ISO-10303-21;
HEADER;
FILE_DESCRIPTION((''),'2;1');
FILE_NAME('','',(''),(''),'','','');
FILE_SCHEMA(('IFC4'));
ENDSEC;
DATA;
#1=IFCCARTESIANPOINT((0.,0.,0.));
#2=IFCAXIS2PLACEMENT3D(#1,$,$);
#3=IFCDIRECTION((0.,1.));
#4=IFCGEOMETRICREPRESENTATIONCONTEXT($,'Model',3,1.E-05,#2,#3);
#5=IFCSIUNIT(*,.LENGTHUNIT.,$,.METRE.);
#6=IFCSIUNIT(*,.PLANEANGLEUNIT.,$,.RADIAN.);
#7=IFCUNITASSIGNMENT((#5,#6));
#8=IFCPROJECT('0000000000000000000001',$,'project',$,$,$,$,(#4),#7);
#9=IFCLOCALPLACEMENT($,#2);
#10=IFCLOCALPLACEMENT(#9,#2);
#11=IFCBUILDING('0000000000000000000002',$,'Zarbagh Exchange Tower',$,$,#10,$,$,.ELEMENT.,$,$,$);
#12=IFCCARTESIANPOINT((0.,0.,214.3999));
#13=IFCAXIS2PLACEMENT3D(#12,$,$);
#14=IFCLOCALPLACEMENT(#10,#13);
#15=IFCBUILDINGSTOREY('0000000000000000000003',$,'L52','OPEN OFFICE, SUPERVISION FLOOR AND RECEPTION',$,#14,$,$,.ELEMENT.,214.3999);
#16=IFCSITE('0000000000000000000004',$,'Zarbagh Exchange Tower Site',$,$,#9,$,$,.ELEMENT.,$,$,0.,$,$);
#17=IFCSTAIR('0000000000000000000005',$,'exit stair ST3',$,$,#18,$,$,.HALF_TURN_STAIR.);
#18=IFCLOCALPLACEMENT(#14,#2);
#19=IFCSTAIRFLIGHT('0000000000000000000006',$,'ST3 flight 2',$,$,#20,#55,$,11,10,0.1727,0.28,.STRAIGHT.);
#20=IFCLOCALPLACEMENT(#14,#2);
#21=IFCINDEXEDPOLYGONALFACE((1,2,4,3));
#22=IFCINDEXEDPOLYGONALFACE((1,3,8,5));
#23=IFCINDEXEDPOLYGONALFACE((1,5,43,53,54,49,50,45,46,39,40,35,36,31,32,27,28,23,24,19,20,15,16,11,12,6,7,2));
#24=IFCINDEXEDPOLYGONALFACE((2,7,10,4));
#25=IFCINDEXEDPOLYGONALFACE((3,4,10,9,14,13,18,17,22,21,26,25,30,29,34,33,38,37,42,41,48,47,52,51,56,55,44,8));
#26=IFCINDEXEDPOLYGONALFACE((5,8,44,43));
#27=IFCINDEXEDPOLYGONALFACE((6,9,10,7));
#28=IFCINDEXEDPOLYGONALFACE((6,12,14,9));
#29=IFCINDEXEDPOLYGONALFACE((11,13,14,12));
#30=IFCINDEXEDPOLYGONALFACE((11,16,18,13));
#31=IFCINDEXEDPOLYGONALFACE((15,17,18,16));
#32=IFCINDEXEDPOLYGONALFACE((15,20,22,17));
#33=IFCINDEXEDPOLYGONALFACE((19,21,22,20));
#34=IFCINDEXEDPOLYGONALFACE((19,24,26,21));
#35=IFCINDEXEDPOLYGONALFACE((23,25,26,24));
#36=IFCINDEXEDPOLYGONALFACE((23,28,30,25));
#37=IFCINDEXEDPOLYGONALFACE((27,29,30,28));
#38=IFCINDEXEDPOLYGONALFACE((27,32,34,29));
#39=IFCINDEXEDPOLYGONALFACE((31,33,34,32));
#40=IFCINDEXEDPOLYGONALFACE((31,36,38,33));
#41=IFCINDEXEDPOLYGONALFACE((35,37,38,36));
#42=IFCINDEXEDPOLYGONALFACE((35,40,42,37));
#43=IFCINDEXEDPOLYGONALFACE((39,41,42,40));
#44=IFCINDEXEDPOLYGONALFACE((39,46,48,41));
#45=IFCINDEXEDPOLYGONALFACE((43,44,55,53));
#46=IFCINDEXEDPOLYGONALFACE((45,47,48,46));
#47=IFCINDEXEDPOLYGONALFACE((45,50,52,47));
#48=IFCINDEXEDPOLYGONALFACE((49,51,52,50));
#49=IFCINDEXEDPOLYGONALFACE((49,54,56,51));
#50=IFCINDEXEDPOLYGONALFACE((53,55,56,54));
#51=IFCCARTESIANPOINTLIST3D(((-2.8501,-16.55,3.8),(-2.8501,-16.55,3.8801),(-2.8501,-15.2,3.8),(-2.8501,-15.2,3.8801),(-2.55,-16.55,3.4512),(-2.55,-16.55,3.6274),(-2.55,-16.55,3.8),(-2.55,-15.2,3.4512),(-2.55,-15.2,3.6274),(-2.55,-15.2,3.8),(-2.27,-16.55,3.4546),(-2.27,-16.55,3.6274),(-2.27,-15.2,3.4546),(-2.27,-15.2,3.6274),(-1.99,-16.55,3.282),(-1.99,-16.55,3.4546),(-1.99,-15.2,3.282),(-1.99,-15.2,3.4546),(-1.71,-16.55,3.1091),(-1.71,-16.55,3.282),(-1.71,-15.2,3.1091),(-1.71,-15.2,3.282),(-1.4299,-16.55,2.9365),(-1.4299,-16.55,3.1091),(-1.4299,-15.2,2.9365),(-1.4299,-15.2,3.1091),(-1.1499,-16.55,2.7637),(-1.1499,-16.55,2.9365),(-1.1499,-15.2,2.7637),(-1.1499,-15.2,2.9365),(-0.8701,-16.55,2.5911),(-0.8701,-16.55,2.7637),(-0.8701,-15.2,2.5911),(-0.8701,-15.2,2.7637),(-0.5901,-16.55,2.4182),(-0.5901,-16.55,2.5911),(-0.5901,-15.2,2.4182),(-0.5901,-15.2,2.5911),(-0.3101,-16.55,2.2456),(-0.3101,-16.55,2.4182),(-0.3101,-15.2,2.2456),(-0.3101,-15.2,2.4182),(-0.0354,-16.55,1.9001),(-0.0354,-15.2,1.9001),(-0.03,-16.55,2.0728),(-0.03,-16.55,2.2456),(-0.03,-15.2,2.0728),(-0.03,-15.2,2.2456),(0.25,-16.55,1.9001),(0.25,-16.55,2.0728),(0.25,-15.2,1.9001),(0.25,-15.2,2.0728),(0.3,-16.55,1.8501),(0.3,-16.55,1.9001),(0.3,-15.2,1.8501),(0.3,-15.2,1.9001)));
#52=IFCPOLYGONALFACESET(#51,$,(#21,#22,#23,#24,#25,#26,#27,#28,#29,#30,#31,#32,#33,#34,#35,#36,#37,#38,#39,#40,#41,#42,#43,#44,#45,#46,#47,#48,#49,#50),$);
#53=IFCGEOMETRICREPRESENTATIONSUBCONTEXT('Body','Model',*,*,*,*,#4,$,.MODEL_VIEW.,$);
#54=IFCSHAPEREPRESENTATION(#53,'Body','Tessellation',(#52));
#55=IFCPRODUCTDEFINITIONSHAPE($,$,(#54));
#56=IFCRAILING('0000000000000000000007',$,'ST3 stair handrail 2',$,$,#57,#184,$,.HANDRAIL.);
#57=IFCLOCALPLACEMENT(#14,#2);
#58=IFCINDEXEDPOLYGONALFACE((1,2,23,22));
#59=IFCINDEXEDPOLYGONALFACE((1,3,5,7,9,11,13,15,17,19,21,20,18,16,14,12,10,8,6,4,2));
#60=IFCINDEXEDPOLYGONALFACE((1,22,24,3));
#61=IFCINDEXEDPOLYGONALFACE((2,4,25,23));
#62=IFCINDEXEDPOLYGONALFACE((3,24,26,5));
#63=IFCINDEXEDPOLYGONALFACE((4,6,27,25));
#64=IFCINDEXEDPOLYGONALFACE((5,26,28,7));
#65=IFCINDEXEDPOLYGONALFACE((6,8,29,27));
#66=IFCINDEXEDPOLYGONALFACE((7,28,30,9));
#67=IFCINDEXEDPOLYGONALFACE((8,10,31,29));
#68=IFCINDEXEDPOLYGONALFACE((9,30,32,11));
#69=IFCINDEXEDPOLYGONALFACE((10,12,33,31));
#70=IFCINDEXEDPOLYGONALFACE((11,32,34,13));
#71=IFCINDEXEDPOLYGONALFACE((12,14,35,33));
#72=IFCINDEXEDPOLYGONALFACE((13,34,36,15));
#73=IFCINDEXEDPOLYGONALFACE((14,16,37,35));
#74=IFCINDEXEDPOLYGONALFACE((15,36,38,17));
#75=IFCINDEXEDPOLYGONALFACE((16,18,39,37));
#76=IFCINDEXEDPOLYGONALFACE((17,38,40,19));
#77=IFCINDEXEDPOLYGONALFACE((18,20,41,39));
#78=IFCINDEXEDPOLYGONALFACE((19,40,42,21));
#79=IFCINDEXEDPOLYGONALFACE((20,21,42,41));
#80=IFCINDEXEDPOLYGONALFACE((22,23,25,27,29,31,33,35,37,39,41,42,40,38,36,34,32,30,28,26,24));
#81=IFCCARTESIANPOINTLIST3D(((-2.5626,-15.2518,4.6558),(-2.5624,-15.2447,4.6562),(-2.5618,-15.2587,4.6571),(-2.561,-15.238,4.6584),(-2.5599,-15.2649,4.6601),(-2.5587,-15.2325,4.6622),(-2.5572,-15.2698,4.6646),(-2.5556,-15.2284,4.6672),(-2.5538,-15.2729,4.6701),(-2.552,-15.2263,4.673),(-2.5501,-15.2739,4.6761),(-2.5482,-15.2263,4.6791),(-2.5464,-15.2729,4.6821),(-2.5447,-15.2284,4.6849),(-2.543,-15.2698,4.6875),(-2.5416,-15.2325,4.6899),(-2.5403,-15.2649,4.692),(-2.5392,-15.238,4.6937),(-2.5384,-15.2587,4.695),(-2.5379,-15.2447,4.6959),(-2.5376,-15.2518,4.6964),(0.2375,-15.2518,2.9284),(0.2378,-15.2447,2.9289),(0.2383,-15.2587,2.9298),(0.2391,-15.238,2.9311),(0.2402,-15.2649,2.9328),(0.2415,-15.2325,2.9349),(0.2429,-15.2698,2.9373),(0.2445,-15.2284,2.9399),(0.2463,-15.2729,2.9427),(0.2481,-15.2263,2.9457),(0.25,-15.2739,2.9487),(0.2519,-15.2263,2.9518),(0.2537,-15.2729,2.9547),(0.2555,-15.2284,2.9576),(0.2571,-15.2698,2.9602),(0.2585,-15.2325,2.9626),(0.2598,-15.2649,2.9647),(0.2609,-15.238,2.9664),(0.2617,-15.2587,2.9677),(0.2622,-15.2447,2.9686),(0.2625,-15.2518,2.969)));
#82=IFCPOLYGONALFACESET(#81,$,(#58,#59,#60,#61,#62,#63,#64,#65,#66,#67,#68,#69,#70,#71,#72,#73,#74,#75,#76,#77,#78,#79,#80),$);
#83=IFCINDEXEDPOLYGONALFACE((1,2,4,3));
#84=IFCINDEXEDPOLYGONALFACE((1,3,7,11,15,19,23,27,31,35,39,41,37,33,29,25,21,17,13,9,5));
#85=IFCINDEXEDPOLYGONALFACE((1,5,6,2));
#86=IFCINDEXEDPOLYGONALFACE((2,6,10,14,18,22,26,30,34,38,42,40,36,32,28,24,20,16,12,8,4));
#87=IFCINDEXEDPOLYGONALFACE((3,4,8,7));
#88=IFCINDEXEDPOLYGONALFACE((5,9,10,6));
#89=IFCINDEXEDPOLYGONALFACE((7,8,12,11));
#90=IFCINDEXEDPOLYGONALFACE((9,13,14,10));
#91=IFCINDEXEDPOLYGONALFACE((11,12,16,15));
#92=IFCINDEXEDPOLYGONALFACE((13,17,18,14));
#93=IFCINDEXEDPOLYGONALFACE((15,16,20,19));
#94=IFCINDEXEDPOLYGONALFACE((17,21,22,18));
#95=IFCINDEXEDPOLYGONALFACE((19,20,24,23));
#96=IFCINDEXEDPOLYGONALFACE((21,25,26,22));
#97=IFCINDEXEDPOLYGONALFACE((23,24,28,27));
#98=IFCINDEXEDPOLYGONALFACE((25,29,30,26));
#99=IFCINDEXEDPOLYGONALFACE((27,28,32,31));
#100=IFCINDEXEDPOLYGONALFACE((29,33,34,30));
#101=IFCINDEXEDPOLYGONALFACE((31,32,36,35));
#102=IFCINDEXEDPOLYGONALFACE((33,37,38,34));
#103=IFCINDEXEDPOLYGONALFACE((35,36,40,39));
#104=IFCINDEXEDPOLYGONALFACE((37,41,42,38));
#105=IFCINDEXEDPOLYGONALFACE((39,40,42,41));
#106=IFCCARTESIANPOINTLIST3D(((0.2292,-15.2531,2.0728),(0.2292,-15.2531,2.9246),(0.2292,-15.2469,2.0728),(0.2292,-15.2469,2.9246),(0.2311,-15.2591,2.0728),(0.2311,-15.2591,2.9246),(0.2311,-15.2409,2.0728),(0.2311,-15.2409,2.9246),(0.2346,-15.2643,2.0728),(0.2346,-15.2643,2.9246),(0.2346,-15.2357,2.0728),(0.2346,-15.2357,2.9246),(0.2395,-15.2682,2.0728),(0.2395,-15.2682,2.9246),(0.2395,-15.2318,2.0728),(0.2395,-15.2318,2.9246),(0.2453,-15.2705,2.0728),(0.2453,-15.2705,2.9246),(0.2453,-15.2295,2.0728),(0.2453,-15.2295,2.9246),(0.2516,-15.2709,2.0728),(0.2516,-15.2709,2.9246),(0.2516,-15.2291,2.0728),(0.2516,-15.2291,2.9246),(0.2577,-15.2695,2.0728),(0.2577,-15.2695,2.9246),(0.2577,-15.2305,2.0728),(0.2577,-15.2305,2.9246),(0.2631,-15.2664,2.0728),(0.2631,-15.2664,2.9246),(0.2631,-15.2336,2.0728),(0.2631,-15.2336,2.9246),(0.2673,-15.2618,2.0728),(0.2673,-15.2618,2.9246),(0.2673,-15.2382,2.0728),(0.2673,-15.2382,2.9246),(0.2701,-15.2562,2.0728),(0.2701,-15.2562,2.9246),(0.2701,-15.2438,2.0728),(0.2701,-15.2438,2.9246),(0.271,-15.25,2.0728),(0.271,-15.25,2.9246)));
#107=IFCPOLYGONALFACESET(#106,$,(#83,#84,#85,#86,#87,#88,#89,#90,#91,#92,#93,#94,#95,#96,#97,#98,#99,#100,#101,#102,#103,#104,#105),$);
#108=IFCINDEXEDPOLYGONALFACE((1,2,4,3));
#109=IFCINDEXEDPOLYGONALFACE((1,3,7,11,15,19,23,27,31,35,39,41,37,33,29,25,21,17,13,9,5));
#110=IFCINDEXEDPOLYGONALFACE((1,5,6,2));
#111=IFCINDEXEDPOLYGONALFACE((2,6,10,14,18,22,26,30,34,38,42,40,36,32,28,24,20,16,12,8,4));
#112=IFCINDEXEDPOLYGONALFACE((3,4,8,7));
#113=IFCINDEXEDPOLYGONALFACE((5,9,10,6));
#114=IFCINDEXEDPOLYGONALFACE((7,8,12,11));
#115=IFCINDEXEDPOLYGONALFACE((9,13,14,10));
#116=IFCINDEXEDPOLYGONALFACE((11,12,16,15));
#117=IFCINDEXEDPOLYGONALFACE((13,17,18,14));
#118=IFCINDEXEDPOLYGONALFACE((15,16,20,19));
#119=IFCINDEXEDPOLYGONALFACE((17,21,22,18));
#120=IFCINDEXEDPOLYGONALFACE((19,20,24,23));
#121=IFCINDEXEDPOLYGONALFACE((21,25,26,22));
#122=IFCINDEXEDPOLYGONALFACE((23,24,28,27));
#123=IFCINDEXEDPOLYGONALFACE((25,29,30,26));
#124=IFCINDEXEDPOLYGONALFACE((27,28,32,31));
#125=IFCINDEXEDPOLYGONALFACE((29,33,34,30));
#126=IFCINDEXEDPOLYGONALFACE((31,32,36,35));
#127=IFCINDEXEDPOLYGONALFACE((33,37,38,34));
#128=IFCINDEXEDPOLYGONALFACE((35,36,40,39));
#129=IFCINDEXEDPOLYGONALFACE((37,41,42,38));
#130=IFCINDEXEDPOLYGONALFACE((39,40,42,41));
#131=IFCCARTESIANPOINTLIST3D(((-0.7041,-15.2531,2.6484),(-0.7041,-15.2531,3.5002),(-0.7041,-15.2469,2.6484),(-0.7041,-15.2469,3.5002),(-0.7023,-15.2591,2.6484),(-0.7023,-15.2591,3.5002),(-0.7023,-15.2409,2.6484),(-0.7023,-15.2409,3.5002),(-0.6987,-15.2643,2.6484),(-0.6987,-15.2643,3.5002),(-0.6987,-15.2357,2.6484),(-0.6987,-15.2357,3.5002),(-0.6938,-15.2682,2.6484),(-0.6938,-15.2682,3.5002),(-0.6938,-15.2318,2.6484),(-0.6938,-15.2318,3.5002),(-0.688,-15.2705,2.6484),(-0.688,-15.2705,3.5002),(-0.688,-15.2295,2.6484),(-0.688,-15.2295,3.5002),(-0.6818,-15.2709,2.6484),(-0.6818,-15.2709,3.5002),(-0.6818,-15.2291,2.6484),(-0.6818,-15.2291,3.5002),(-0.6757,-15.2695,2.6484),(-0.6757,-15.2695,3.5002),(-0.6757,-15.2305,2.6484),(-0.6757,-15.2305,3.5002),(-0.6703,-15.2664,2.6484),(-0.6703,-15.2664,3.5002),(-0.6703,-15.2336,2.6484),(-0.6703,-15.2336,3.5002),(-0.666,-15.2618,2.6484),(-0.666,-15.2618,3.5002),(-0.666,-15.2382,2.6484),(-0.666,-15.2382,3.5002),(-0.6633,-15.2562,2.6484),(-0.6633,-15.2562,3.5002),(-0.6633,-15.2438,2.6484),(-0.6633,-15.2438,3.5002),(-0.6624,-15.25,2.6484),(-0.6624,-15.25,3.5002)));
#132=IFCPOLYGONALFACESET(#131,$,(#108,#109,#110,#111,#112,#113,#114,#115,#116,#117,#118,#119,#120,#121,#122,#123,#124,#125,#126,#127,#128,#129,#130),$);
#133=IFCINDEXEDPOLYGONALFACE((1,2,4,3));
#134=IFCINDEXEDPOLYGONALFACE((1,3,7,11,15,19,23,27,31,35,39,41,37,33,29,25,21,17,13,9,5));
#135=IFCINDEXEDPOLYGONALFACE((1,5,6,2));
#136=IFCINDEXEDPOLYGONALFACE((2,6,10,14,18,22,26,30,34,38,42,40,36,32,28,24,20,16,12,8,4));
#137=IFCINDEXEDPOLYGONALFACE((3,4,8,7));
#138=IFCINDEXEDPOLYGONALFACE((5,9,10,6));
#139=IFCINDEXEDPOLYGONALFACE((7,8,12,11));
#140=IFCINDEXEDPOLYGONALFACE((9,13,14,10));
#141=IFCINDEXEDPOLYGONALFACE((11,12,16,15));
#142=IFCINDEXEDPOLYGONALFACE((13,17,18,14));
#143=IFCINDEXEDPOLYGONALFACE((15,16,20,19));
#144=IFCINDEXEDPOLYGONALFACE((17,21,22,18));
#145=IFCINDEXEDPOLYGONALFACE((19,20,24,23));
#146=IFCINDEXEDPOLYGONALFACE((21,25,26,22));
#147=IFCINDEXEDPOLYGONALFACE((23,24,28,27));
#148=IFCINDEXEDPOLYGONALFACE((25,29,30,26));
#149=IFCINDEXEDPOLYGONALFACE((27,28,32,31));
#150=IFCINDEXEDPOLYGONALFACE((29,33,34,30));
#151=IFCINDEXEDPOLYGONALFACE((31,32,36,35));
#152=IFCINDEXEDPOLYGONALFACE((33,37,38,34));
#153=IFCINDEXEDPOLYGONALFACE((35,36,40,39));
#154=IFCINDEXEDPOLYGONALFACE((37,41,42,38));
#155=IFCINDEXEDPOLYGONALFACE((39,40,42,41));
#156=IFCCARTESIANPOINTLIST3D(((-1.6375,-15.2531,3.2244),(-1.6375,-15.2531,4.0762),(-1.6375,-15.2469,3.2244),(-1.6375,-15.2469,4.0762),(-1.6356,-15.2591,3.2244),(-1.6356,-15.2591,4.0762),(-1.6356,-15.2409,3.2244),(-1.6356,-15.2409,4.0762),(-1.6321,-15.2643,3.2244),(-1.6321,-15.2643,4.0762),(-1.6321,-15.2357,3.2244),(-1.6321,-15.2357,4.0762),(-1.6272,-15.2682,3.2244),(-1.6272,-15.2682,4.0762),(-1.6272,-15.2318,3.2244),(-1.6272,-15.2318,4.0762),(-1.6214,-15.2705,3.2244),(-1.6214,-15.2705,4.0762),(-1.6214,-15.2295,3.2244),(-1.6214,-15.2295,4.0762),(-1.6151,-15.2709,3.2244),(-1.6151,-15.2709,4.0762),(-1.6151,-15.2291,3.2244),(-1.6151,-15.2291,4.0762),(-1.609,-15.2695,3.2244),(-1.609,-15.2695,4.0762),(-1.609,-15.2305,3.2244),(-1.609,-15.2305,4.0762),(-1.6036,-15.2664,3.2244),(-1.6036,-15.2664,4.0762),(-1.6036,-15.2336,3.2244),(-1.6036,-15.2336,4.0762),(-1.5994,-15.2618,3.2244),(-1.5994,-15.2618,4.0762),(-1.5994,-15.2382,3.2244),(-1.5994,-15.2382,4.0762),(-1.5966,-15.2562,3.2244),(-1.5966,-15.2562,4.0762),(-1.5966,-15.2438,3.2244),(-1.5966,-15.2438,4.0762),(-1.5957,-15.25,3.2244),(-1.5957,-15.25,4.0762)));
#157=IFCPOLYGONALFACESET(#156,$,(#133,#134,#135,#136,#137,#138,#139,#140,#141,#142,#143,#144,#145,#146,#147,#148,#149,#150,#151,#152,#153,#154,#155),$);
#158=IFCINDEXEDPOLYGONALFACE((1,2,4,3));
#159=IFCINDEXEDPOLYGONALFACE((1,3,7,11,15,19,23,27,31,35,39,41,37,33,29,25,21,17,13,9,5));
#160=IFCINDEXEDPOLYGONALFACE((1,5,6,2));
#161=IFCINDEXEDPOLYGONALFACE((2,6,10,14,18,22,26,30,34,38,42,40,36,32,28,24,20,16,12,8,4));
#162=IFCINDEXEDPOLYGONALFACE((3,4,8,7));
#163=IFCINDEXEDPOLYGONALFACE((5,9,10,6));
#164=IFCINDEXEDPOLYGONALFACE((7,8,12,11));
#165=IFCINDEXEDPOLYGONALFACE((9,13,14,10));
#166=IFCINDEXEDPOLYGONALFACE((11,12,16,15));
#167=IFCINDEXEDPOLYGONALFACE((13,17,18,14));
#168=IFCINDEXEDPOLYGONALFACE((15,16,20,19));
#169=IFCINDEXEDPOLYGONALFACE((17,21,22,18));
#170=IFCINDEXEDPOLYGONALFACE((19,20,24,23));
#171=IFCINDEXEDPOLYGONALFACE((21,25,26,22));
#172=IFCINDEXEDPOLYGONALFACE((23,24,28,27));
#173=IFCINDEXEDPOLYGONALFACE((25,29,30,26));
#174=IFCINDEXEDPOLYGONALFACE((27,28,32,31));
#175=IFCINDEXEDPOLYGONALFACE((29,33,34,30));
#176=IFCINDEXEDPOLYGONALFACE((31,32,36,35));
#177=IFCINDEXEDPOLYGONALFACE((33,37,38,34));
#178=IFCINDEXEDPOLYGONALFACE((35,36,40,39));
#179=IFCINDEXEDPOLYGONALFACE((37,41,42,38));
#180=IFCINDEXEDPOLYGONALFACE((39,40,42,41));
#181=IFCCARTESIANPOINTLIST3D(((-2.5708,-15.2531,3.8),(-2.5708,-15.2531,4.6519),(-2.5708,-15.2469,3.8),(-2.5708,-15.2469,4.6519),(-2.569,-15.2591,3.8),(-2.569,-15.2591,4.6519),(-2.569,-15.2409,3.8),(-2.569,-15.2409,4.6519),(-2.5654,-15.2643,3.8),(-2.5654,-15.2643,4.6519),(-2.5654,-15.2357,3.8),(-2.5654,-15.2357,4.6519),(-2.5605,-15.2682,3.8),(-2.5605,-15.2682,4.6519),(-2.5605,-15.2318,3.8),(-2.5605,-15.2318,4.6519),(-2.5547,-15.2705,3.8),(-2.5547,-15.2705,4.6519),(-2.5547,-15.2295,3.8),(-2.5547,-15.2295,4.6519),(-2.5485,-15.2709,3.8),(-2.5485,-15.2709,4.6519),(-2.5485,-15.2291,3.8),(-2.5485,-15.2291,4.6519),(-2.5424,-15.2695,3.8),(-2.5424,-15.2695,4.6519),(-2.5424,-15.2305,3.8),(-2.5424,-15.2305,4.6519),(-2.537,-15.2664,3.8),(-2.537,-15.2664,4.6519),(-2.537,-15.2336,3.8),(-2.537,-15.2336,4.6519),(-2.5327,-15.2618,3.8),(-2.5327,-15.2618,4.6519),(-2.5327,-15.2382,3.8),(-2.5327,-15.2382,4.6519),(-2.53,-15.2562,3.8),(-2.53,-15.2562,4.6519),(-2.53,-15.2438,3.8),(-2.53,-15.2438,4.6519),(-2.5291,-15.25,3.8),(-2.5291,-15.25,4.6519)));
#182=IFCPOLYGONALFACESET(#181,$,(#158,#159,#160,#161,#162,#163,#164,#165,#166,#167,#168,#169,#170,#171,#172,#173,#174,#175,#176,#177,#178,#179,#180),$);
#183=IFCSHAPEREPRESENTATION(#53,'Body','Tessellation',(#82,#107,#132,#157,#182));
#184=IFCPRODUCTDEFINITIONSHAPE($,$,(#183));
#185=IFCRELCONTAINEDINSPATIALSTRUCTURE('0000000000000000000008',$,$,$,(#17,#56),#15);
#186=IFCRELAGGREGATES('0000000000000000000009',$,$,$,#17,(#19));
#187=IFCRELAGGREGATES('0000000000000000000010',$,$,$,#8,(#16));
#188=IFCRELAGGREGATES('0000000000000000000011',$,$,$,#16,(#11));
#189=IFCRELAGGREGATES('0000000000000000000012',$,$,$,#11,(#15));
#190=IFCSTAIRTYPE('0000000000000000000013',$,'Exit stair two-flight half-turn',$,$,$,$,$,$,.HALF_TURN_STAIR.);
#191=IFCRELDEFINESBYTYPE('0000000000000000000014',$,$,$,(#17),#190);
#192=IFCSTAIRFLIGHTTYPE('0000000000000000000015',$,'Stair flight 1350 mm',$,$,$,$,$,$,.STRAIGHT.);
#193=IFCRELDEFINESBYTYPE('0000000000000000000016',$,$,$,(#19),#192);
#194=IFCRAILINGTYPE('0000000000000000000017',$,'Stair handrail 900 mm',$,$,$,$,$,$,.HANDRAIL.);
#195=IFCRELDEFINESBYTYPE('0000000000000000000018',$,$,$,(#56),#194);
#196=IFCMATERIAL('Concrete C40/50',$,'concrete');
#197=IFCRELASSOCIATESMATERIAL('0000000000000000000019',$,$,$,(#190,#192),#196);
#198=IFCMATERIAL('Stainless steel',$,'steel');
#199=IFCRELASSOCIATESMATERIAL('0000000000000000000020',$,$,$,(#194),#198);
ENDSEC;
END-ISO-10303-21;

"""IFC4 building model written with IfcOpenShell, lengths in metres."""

from ifc_helpers import new_model, si_unit, direction, frame, origin, origin_2d, place, context, subcontext, project, spatial, polyline, circle, outline, extrude, material, type_object, element, aggregate, save


model = new_model("IFC4")

# Units and contexts
model_context = context("Model", 3, precision=1e-05, world=origin(), true_north=direction((0.0, 1.0)))
body_context = subcontext(model_context, "Body", "Model", "MODEL_VIEW")
ifc_project = project(units=[si_unit("LENGTHUNIT", "METRE"), si_unit("PLANEANGLEUNIT", "RADIAN")], contexts=[model_context])

# Site, building, storey
site_placement = place(None, origin())
site = spatial("IfcSite", under=ifc_project, at=site_placement, Name="Zarbagh Exchange Tower Site", CompositionType="ELEMENT", RefElevation=0.0)
building_placement = place(site_placement, origin())
building = spatial("IfcBuilding", under=site, at=building_placement, Name="Zarbagh Exchange Tower", CompositionType="ELEMENT")
storey_placement = place(building_placement, frame((0.0, 0.0, 214.3999)))
storey = spatial("IfcBuildingStorey", under=building, at=storey_placement, Name="L52", Description="OPEN OFFICE, SUPERVISION FLOOR AND RECEPTION", CompositionType="ELEMENT", Elevation=214.3999)

# Shared definitions
ifc_material_1 = material(Name="Stainless steel", Category="steel")

# Stair, stair flight
ifc_material_2 = material(Name="Concrete C40/50", Category="concrete")
stair_type = type_object("IfcStairType", Name="Exit stair two-flight half-turn", PredefinedType="HALF_TURN_STAIR", material=ifc_material_2)
stair_placement = place(storey_placement, origin())
stair = element("IfcStair", 1, at=stair_placement, inside=storey, type_object=stair_type, Name="exit stair ST3", PredefinedType="HALF_TURN_STAIR")
stair_flight_type = type_object("IfcStairFlightType", Name="Stair flight 1350 mm", PredefinedType="STRAIGHT", material=ifc_material_2)
stair_flight_placement = place(storey_placement, frame((0.25, -15.875, 1.9001), z_axis=(0.0, 0.0, 1.0), x_axis=(-1.0, 0.0, 0.0)))
stair_flight = element("IfcStairFlight", 2, at=stair_flight_placement, type_object=stair_flight_type, Name="ST3 flight 2", NumberOfRisers=11, NumberOfTreads=10, PredefinedType="STRAIGHT", RiserHeight=0.1727, TreadLength=0.28, context=body_context, shape_type="SweptSolid", body=[
    extrude(outline(polyline([(-0.05, -0.05), (-0.05, 0.0), (0.0, 0.0), (0.0, 0.1726), (0.28, 0.1726), (0.28, 0.3455), (0.5601, 0.3455), (0.5601, 0.5181), (0.8401, 0.5181), (0.8401, 0.6909), (1.1201, 0.6909), (1.1201, 0.8635), (1.3999, 0.8635), (1.3999, 1.0364), (1.6799, 1.0364), (1.6799, 1.209), (1.96, 1.209), (1.96, 1.3818), (2.24, 1.3818), (2.24, 1.5544), (2.52, 1.5544), (2.52, 1.7273), (2.8, 1.7273), (2.8, 1.8999), (3.1001, 1.98), (3.1001, 1.8999), (2.8, 1.551), (0.2854, 0.0), (-0.05, -0.05)])), frame((0.0, 0.675, 0.0), z_axis=(0.0, -1.0, 0.0), x_axis=(1.0, 0.0, 0.0)), (0.0, 0.0, 1.0), 1.3501),
])
aggregate(stair, [stair_flight])

# Railing
railing_type = type_object("IfcRailingType", Name="Stair handrail 900 mm", PredefinedType="HANDRAIL", material=ifc_material_1)
railing_placement = place(storey_placement, frame((0.25, -15.25, 2.0728)))
element("IfcRailing", 3, at=railing_placement, inside=storey, type_object=railing_type, Name="ST3 stair handrail 2", PredefinedType="HANDRAIL", context=body_context, shape_type="SweptSolid", body=[
    extrude(circle(Radius=0.0239, at=origin_2d()), frame((0.0, 0.0, 0.876), z_axis=(-0.85109, 0.0, 0.52502), x_axis=(0.0, -1.0, 0.0)), (0.0, 0.0, 1.0), 3.29),
    extrude(circle(Radius=0.021, at=origin_2d()), origin(), (0.0, 0.0, 1.0), 0.8518),
    extrude(circle(Radius=0.021, at=origin_2d()), frame((-0.9333, 0.0, 0.5757)), (0.0, 0.0, 1.0), 0.8518),
    extrude(circle(Radius=0.021, at=origin_2d()), frame((-1.8667, 0.0, 1.1516)), (0.0, 0.0, 1.0), 0.8518),
    extrude(circle(Radius=0.021, at=origin_2d()), frame((-2.8, 0.0, 1.7273)), (0.0, 0.0, 1.0), 0.8518),
])

save(model, "model.ifc")
